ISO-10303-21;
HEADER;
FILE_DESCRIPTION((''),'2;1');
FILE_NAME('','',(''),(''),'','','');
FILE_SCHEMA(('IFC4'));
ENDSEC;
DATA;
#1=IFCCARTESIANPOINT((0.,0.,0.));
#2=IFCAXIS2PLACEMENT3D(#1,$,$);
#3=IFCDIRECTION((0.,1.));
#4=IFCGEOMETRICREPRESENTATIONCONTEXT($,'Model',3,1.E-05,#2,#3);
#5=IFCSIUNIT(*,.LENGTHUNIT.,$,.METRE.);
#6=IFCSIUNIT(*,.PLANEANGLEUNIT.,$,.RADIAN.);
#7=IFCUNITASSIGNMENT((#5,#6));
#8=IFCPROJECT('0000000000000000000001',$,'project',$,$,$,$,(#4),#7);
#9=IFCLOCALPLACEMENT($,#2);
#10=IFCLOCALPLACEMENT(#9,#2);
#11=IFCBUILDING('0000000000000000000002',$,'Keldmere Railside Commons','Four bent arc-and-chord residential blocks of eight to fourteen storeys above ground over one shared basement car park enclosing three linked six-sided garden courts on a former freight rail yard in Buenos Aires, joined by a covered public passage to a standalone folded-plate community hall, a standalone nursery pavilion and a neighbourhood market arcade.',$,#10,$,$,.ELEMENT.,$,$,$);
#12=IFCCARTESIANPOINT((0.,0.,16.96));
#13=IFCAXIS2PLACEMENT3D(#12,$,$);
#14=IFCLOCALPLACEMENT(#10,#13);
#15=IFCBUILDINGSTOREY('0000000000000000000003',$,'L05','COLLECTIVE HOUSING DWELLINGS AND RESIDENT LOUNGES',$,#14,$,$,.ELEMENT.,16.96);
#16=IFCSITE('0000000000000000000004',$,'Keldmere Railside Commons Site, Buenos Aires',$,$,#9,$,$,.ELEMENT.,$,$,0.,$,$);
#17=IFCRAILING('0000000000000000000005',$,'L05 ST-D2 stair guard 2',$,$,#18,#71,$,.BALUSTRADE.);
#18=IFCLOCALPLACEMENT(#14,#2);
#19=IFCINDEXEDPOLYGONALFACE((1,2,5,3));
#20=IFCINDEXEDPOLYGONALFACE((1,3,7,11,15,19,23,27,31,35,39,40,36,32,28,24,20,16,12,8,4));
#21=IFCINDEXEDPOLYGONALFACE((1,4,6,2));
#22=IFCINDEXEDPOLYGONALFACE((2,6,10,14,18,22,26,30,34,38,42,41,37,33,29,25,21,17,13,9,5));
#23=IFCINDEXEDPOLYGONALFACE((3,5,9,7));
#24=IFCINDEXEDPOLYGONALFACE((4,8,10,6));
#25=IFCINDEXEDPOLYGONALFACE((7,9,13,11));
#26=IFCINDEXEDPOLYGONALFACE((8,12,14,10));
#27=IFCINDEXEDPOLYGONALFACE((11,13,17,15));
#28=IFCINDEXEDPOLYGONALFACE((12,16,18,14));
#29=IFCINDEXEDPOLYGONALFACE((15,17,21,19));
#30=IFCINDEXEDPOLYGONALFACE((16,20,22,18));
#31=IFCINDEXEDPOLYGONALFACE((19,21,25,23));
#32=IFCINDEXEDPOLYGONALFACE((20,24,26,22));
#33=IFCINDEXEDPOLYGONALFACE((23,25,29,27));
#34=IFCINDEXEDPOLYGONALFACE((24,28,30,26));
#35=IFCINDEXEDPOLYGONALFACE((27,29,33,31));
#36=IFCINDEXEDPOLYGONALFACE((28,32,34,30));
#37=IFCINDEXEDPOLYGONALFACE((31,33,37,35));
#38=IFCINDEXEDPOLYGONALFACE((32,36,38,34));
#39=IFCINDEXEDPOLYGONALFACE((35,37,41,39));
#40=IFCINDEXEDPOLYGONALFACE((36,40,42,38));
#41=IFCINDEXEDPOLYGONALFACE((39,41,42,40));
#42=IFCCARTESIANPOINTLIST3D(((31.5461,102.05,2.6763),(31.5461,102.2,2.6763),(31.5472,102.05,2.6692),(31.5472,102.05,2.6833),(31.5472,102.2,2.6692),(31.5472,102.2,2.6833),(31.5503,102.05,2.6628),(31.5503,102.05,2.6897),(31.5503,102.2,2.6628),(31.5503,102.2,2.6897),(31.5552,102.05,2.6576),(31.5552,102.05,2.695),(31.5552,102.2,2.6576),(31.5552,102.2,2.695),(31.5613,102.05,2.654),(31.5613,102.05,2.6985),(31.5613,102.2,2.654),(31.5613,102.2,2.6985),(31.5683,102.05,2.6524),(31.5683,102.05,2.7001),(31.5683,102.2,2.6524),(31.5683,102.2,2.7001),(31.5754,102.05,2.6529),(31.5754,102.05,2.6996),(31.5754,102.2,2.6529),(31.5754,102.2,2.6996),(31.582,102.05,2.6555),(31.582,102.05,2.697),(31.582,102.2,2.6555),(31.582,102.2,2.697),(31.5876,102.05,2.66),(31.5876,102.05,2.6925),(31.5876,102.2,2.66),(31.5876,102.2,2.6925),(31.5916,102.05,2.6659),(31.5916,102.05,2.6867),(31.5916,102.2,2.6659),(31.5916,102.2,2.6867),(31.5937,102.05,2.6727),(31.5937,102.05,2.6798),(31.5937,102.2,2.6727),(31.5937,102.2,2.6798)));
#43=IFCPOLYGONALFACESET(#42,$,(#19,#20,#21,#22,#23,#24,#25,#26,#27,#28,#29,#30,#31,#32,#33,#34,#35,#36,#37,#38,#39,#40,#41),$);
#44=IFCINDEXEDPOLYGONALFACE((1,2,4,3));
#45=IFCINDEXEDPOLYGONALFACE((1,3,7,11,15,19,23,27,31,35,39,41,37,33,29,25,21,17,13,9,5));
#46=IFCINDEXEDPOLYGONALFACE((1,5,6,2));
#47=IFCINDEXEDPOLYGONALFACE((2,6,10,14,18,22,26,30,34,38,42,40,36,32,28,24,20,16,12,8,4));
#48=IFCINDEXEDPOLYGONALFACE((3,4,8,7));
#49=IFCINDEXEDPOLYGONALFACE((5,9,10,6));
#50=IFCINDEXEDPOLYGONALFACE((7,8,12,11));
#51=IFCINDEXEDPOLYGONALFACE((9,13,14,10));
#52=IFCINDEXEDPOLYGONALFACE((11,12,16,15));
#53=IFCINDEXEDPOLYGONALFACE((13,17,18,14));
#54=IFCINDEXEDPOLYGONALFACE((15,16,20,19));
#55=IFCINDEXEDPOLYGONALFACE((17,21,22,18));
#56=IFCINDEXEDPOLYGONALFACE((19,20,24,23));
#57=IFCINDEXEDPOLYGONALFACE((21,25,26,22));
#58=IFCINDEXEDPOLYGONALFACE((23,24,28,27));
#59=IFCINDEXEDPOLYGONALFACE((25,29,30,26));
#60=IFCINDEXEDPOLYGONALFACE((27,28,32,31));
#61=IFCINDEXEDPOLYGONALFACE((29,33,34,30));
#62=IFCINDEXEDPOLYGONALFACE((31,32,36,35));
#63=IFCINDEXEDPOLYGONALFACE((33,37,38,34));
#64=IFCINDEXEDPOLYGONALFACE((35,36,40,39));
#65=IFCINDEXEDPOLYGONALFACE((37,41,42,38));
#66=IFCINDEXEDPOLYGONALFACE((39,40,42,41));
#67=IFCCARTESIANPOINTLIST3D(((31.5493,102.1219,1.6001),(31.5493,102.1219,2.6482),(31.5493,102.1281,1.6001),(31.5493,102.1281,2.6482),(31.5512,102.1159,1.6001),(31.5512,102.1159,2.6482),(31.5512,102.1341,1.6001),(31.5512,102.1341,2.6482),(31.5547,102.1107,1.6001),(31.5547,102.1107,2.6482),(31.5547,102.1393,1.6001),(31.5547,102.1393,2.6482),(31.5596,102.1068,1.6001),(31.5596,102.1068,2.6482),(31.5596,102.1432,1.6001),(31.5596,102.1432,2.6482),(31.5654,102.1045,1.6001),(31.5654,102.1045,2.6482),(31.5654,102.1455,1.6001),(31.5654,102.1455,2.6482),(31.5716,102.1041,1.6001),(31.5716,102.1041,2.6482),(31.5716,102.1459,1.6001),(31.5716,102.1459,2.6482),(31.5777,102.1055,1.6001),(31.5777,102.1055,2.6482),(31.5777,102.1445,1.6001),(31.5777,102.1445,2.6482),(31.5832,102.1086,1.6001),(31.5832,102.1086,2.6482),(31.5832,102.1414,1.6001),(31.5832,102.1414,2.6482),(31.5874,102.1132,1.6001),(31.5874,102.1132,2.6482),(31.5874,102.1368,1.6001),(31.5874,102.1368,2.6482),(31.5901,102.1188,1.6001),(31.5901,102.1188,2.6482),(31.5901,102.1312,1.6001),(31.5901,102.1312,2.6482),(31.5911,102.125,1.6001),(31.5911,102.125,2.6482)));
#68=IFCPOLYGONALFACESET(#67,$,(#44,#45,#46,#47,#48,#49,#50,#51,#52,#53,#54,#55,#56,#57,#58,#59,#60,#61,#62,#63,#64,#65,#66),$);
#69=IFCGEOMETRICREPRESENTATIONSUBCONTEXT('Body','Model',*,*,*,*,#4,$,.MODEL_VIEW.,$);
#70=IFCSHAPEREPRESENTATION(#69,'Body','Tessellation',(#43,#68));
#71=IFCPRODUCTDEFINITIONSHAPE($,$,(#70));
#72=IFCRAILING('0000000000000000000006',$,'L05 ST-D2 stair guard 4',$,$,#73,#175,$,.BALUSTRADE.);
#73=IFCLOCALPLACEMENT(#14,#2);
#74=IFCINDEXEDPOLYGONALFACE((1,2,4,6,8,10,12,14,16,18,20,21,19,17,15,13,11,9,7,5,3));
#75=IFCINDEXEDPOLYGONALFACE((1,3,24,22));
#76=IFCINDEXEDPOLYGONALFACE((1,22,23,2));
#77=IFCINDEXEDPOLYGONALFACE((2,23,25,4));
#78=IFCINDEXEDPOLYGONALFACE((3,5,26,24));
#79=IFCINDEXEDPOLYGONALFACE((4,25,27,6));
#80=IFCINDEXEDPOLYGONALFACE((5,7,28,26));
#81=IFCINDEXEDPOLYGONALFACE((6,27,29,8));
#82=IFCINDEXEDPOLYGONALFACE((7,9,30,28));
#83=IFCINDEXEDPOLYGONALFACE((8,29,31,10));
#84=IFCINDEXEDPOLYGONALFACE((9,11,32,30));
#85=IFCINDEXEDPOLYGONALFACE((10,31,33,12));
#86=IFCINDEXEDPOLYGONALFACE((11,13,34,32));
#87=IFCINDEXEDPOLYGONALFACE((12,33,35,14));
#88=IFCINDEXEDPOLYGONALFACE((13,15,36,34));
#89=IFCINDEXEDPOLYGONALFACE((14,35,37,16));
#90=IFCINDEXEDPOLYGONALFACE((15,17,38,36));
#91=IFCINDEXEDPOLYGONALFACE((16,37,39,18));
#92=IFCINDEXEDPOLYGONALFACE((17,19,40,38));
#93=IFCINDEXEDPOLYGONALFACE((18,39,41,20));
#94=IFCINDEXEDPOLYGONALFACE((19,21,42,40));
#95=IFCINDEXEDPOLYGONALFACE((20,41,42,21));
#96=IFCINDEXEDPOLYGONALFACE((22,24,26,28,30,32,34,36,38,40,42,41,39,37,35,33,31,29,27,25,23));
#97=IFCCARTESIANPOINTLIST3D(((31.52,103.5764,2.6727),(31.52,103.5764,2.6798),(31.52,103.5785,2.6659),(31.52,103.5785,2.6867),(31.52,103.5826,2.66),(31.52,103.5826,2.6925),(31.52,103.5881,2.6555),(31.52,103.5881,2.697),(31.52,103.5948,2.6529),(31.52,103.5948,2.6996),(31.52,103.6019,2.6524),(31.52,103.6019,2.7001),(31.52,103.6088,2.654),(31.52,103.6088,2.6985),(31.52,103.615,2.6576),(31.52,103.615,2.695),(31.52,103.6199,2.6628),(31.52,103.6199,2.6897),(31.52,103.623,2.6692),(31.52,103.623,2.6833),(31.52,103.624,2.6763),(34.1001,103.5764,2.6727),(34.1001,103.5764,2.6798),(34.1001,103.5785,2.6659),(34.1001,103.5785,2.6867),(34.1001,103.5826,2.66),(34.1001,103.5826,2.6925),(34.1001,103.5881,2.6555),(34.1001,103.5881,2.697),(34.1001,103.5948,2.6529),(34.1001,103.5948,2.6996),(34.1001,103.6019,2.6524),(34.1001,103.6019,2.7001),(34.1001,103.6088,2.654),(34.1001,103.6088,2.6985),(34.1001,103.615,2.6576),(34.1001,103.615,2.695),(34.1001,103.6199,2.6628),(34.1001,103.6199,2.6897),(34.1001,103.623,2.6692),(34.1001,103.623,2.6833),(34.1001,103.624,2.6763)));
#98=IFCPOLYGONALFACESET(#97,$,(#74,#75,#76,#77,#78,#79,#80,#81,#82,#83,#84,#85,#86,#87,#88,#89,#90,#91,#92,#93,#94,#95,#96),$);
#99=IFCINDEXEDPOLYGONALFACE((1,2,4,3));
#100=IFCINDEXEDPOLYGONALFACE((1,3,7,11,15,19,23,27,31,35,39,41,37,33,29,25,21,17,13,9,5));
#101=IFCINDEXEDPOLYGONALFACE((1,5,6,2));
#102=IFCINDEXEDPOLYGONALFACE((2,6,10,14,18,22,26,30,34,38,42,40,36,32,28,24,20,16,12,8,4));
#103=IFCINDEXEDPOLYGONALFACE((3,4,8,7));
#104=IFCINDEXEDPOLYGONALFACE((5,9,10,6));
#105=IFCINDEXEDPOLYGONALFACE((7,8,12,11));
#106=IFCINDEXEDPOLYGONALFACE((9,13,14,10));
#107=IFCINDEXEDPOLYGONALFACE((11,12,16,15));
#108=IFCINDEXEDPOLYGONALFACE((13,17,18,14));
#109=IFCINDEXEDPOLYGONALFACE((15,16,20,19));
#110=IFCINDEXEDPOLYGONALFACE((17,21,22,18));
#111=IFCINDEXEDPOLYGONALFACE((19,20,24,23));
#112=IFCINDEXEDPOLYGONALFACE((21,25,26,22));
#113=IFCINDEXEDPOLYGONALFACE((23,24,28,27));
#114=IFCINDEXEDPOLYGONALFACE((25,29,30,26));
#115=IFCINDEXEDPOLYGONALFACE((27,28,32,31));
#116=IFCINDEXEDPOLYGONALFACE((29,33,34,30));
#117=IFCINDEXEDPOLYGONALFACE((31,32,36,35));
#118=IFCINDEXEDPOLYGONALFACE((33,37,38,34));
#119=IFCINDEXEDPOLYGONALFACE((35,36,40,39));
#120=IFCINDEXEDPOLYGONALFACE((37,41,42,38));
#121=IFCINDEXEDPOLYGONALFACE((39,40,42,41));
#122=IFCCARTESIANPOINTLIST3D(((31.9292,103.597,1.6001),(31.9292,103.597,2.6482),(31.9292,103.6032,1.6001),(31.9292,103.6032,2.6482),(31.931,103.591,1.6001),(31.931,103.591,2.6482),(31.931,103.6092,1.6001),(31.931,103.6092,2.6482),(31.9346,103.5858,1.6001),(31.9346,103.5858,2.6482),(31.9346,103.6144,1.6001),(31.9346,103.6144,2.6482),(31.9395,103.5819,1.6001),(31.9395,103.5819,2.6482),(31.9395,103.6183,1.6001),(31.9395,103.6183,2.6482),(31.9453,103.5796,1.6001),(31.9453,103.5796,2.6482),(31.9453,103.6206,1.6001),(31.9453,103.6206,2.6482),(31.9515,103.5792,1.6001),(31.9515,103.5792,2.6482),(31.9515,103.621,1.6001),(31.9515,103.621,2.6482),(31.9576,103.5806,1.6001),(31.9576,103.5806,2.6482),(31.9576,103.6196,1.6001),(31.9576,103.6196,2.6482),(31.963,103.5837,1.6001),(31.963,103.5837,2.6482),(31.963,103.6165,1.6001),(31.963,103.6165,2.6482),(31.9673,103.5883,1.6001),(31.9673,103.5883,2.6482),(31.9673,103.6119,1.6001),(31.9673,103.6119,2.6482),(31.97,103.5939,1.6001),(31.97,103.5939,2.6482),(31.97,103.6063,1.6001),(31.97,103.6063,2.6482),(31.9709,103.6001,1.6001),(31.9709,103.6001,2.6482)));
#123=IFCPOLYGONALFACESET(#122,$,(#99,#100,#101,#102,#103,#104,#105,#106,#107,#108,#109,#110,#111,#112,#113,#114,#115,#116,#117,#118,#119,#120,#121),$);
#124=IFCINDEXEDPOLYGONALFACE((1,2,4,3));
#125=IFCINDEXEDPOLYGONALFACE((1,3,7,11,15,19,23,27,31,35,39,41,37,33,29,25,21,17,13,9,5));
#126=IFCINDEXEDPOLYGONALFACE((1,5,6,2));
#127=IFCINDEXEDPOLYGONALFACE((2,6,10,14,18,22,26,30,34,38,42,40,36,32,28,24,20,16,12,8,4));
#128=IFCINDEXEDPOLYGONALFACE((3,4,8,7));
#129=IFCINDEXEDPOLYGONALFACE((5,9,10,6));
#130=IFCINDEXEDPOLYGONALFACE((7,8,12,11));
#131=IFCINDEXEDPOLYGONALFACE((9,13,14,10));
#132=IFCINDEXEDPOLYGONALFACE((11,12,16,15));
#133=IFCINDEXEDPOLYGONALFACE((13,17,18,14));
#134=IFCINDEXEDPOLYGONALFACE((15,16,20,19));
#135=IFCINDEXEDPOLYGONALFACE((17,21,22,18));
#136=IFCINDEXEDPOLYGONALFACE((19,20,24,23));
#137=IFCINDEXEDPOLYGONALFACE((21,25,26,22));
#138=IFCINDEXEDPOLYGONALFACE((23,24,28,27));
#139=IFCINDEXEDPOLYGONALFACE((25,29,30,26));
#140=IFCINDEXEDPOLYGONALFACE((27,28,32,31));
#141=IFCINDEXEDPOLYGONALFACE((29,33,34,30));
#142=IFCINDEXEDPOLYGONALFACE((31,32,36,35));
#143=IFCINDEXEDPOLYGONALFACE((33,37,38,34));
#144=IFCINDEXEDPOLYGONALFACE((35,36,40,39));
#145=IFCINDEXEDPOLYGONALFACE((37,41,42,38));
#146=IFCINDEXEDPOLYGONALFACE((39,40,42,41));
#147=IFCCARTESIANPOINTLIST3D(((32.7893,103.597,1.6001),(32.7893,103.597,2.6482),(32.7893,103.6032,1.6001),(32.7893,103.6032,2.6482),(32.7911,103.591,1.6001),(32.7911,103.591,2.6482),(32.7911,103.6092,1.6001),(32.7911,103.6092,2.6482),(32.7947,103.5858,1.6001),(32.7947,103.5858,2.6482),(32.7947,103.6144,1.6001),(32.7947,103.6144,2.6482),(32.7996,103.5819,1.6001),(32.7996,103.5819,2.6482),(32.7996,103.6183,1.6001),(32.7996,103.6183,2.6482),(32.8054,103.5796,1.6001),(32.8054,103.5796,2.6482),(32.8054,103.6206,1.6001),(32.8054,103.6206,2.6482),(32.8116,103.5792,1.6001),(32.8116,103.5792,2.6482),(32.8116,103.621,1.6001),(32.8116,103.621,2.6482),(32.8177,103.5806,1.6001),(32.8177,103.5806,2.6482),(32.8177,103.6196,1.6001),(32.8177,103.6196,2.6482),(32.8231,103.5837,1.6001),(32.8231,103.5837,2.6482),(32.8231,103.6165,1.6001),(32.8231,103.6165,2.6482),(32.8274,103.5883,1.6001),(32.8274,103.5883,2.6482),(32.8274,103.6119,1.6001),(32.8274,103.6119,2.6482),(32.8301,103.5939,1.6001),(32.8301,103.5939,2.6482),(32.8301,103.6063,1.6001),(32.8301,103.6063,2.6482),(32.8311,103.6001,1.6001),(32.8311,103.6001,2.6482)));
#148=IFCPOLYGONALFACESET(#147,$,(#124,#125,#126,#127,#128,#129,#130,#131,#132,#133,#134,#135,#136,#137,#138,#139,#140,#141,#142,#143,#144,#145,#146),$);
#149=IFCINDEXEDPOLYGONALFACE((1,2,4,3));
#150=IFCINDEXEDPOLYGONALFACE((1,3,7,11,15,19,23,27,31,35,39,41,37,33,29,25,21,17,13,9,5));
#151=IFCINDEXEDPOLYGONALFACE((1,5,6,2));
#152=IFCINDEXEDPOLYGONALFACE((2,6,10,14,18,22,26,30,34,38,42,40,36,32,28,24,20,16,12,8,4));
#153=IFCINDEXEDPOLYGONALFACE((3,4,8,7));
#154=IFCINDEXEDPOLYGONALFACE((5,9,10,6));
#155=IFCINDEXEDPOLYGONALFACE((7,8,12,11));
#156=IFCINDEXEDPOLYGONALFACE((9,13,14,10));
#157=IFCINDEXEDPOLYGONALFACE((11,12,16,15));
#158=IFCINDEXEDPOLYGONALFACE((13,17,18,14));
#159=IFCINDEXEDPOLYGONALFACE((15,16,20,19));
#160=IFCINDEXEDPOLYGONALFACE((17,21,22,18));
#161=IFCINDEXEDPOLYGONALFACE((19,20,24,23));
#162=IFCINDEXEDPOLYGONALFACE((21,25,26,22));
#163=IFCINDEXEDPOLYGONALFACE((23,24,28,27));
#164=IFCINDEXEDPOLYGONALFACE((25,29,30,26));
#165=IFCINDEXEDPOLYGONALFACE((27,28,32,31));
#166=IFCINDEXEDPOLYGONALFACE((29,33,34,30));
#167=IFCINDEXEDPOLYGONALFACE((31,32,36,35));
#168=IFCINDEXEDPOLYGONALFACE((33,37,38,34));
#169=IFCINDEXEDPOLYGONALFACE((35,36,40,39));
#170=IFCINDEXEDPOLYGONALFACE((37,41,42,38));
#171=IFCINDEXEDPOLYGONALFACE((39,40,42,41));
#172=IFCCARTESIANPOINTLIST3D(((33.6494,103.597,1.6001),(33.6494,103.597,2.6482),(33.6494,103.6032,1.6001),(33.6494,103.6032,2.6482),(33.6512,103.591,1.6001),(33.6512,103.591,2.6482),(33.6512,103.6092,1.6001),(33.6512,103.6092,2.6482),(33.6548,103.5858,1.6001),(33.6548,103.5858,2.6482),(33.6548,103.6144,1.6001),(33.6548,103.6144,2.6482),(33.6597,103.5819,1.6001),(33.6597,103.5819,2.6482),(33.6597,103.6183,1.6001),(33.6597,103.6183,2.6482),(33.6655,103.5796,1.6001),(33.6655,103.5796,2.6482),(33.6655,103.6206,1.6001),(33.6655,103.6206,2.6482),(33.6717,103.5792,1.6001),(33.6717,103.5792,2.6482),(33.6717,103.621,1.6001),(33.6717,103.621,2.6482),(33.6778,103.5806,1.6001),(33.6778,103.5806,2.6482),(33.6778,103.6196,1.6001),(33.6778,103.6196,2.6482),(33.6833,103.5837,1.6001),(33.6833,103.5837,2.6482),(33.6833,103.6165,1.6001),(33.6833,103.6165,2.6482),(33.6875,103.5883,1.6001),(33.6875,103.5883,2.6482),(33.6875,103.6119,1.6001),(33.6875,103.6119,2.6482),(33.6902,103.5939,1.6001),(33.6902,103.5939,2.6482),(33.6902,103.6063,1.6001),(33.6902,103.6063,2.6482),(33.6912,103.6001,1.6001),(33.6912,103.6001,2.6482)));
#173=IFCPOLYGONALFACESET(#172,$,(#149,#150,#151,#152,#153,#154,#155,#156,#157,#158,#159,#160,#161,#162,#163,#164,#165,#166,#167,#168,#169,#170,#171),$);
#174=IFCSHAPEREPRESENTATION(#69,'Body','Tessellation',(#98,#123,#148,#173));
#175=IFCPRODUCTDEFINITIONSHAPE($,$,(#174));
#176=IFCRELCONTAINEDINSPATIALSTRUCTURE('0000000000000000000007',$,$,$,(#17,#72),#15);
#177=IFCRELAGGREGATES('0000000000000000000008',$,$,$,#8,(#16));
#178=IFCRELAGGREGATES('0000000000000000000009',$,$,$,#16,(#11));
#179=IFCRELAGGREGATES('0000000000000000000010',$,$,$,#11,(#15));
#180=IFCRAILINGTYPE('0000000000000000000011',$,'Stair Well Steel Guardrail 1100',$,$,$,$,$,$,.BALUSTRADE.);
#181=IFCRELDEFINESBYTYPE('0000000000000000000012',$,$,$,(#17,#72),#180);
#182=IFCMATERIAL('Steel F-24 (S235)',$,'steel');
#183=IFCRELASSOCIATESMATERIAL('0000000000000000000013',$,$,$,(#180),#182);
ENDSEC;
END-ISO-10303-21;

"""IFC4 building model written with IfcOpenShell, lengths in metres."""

from ifc_helpers import new_model, si_unit, direction, frame, origin, origin_2d, place, context, subcontext, project, spatial, circle, extrude, material, type_object, element, save


model = new_model("IFC4")

# Units and contexts
model_context = context("Model", 3, precision=1e-05, world=origin(), true_north=direction((0.0, 1.0)))
body_context = subcontext(model_context, "Body", "Model", "MODEL_VIEW")
ifc_project = project(units=[si_unit("LENGTHUNIT", "METRE"), si_unit("PLANEANGLEUNIT", "RADIAN")], contexts=[model_context])

# Site, building, storey
site_placement = place(None, origin())
site = spatial("IfcSite", under=ifc_project, at=site_placement, Name="Keldmere Railside Commons Site, Buenos Aires", CompositionType="ELEMENT", RefElevation=0.0)
building_placement = place(site_placement, origin())
building = spatial("IfcBuilding", under=site, at=building_placement, Name="Keldmere Railside Commons", Description="Four bent arc-and-chord residential blocks of eight to fourteen storeys above ground over one shared basement car park enclosing three linked six-sided garden courts on a former freight rail yard in Buenos Aires, joined by a covered public passage to a standalone folded-plate community hall, a standalone nursery pavilion and a neighbourhood market arcade.", CompositionType="ELEMENT")
storey_placement = place(building_placement, frame((0.0, 0.0, 16.96)))
storey = spatial("IfcBuildingStorey", under=building, at=storey_placement, Name="L05", Description="COLLECTIVE HOUSING DWELLINGS AND RESIDENT LOUNGES", CompositionType="ELEMENT", Elevation=16.96)

# Shared definitions
ifc_material_1 = material(Name="Steel F-24 (S235)", Category="steel")

# Railings
railing_type_1 = type_object("IfcRailingType", Name="Stair Well Steel Guardrail 1100", PredefinedType="BALUSTRADE", material=ifc_material_1)
railing_1_placement = place(storey_placement, frame((31.5701, 102.05, 1.6001)))
element("IfcRailing", 1, at=railing_1_placement, inside=storey, type_object=railing_type_1, Name="L05 ST-D2 stair guard 2", PredefinedType="BALUSTRADE", context=body_context, shape_type="SweptSolid", body=[
    extrude(circle(Radius=0.0239, at=origin_2d()), frame((0.0, 0.0, 1.0762), z_axis=(0.0, 1.0, 0.0), x_axis=(-1.0, 0.0, 0.0)), (0.0, 0.0, 1.0), 0.1499),
    extrude(circle(Radius=0.021, at=origin_2d()), frame((0.0, 0.075, 0.0)), (0.0, 0.0, 1.0), 1.0481),
])
railing_2_placement = place(storey_placement, frame((31.52, 103.6001, 1.6001)))
element("IfcRailing", 2, at=railing_2_placement, inside=storey, type_object=railing_type_1, Name="L05 ST-D2 stair guard 4", PredefinedType="BALUSTRADE", context=body_context, shape_type="SweptSolid", body=[
    extrude(circle(Radius=0.0239, at=origin_2d()), frame((0.0, 0.0, 1.0762), z_axis=(1.0, 0.0, 0.0), x_axis=(0.0, 1.0, 0.0)), (0.0, 0.0, 1.0), 2.5801),
    extrude(circle(Radius=0.021, at=origin_2d()), frame((0.4299, 0.0, 0.0)), (0.0, 0.0, 1.0), 1.0481),
    extrude(circle(Radius=0.021, at=origin_2d()), frame((1.29, 0.0, 0.0)), (0.0, 0.0, 1.0), 1.0481),
    extrude(circle(Radius=0.021, at=origin_2d()), frame((2.1501, 0.0, 0.0)), (0.0, 0.0, 1.0), 1.0481),
])

save(model, "model.ifc")
